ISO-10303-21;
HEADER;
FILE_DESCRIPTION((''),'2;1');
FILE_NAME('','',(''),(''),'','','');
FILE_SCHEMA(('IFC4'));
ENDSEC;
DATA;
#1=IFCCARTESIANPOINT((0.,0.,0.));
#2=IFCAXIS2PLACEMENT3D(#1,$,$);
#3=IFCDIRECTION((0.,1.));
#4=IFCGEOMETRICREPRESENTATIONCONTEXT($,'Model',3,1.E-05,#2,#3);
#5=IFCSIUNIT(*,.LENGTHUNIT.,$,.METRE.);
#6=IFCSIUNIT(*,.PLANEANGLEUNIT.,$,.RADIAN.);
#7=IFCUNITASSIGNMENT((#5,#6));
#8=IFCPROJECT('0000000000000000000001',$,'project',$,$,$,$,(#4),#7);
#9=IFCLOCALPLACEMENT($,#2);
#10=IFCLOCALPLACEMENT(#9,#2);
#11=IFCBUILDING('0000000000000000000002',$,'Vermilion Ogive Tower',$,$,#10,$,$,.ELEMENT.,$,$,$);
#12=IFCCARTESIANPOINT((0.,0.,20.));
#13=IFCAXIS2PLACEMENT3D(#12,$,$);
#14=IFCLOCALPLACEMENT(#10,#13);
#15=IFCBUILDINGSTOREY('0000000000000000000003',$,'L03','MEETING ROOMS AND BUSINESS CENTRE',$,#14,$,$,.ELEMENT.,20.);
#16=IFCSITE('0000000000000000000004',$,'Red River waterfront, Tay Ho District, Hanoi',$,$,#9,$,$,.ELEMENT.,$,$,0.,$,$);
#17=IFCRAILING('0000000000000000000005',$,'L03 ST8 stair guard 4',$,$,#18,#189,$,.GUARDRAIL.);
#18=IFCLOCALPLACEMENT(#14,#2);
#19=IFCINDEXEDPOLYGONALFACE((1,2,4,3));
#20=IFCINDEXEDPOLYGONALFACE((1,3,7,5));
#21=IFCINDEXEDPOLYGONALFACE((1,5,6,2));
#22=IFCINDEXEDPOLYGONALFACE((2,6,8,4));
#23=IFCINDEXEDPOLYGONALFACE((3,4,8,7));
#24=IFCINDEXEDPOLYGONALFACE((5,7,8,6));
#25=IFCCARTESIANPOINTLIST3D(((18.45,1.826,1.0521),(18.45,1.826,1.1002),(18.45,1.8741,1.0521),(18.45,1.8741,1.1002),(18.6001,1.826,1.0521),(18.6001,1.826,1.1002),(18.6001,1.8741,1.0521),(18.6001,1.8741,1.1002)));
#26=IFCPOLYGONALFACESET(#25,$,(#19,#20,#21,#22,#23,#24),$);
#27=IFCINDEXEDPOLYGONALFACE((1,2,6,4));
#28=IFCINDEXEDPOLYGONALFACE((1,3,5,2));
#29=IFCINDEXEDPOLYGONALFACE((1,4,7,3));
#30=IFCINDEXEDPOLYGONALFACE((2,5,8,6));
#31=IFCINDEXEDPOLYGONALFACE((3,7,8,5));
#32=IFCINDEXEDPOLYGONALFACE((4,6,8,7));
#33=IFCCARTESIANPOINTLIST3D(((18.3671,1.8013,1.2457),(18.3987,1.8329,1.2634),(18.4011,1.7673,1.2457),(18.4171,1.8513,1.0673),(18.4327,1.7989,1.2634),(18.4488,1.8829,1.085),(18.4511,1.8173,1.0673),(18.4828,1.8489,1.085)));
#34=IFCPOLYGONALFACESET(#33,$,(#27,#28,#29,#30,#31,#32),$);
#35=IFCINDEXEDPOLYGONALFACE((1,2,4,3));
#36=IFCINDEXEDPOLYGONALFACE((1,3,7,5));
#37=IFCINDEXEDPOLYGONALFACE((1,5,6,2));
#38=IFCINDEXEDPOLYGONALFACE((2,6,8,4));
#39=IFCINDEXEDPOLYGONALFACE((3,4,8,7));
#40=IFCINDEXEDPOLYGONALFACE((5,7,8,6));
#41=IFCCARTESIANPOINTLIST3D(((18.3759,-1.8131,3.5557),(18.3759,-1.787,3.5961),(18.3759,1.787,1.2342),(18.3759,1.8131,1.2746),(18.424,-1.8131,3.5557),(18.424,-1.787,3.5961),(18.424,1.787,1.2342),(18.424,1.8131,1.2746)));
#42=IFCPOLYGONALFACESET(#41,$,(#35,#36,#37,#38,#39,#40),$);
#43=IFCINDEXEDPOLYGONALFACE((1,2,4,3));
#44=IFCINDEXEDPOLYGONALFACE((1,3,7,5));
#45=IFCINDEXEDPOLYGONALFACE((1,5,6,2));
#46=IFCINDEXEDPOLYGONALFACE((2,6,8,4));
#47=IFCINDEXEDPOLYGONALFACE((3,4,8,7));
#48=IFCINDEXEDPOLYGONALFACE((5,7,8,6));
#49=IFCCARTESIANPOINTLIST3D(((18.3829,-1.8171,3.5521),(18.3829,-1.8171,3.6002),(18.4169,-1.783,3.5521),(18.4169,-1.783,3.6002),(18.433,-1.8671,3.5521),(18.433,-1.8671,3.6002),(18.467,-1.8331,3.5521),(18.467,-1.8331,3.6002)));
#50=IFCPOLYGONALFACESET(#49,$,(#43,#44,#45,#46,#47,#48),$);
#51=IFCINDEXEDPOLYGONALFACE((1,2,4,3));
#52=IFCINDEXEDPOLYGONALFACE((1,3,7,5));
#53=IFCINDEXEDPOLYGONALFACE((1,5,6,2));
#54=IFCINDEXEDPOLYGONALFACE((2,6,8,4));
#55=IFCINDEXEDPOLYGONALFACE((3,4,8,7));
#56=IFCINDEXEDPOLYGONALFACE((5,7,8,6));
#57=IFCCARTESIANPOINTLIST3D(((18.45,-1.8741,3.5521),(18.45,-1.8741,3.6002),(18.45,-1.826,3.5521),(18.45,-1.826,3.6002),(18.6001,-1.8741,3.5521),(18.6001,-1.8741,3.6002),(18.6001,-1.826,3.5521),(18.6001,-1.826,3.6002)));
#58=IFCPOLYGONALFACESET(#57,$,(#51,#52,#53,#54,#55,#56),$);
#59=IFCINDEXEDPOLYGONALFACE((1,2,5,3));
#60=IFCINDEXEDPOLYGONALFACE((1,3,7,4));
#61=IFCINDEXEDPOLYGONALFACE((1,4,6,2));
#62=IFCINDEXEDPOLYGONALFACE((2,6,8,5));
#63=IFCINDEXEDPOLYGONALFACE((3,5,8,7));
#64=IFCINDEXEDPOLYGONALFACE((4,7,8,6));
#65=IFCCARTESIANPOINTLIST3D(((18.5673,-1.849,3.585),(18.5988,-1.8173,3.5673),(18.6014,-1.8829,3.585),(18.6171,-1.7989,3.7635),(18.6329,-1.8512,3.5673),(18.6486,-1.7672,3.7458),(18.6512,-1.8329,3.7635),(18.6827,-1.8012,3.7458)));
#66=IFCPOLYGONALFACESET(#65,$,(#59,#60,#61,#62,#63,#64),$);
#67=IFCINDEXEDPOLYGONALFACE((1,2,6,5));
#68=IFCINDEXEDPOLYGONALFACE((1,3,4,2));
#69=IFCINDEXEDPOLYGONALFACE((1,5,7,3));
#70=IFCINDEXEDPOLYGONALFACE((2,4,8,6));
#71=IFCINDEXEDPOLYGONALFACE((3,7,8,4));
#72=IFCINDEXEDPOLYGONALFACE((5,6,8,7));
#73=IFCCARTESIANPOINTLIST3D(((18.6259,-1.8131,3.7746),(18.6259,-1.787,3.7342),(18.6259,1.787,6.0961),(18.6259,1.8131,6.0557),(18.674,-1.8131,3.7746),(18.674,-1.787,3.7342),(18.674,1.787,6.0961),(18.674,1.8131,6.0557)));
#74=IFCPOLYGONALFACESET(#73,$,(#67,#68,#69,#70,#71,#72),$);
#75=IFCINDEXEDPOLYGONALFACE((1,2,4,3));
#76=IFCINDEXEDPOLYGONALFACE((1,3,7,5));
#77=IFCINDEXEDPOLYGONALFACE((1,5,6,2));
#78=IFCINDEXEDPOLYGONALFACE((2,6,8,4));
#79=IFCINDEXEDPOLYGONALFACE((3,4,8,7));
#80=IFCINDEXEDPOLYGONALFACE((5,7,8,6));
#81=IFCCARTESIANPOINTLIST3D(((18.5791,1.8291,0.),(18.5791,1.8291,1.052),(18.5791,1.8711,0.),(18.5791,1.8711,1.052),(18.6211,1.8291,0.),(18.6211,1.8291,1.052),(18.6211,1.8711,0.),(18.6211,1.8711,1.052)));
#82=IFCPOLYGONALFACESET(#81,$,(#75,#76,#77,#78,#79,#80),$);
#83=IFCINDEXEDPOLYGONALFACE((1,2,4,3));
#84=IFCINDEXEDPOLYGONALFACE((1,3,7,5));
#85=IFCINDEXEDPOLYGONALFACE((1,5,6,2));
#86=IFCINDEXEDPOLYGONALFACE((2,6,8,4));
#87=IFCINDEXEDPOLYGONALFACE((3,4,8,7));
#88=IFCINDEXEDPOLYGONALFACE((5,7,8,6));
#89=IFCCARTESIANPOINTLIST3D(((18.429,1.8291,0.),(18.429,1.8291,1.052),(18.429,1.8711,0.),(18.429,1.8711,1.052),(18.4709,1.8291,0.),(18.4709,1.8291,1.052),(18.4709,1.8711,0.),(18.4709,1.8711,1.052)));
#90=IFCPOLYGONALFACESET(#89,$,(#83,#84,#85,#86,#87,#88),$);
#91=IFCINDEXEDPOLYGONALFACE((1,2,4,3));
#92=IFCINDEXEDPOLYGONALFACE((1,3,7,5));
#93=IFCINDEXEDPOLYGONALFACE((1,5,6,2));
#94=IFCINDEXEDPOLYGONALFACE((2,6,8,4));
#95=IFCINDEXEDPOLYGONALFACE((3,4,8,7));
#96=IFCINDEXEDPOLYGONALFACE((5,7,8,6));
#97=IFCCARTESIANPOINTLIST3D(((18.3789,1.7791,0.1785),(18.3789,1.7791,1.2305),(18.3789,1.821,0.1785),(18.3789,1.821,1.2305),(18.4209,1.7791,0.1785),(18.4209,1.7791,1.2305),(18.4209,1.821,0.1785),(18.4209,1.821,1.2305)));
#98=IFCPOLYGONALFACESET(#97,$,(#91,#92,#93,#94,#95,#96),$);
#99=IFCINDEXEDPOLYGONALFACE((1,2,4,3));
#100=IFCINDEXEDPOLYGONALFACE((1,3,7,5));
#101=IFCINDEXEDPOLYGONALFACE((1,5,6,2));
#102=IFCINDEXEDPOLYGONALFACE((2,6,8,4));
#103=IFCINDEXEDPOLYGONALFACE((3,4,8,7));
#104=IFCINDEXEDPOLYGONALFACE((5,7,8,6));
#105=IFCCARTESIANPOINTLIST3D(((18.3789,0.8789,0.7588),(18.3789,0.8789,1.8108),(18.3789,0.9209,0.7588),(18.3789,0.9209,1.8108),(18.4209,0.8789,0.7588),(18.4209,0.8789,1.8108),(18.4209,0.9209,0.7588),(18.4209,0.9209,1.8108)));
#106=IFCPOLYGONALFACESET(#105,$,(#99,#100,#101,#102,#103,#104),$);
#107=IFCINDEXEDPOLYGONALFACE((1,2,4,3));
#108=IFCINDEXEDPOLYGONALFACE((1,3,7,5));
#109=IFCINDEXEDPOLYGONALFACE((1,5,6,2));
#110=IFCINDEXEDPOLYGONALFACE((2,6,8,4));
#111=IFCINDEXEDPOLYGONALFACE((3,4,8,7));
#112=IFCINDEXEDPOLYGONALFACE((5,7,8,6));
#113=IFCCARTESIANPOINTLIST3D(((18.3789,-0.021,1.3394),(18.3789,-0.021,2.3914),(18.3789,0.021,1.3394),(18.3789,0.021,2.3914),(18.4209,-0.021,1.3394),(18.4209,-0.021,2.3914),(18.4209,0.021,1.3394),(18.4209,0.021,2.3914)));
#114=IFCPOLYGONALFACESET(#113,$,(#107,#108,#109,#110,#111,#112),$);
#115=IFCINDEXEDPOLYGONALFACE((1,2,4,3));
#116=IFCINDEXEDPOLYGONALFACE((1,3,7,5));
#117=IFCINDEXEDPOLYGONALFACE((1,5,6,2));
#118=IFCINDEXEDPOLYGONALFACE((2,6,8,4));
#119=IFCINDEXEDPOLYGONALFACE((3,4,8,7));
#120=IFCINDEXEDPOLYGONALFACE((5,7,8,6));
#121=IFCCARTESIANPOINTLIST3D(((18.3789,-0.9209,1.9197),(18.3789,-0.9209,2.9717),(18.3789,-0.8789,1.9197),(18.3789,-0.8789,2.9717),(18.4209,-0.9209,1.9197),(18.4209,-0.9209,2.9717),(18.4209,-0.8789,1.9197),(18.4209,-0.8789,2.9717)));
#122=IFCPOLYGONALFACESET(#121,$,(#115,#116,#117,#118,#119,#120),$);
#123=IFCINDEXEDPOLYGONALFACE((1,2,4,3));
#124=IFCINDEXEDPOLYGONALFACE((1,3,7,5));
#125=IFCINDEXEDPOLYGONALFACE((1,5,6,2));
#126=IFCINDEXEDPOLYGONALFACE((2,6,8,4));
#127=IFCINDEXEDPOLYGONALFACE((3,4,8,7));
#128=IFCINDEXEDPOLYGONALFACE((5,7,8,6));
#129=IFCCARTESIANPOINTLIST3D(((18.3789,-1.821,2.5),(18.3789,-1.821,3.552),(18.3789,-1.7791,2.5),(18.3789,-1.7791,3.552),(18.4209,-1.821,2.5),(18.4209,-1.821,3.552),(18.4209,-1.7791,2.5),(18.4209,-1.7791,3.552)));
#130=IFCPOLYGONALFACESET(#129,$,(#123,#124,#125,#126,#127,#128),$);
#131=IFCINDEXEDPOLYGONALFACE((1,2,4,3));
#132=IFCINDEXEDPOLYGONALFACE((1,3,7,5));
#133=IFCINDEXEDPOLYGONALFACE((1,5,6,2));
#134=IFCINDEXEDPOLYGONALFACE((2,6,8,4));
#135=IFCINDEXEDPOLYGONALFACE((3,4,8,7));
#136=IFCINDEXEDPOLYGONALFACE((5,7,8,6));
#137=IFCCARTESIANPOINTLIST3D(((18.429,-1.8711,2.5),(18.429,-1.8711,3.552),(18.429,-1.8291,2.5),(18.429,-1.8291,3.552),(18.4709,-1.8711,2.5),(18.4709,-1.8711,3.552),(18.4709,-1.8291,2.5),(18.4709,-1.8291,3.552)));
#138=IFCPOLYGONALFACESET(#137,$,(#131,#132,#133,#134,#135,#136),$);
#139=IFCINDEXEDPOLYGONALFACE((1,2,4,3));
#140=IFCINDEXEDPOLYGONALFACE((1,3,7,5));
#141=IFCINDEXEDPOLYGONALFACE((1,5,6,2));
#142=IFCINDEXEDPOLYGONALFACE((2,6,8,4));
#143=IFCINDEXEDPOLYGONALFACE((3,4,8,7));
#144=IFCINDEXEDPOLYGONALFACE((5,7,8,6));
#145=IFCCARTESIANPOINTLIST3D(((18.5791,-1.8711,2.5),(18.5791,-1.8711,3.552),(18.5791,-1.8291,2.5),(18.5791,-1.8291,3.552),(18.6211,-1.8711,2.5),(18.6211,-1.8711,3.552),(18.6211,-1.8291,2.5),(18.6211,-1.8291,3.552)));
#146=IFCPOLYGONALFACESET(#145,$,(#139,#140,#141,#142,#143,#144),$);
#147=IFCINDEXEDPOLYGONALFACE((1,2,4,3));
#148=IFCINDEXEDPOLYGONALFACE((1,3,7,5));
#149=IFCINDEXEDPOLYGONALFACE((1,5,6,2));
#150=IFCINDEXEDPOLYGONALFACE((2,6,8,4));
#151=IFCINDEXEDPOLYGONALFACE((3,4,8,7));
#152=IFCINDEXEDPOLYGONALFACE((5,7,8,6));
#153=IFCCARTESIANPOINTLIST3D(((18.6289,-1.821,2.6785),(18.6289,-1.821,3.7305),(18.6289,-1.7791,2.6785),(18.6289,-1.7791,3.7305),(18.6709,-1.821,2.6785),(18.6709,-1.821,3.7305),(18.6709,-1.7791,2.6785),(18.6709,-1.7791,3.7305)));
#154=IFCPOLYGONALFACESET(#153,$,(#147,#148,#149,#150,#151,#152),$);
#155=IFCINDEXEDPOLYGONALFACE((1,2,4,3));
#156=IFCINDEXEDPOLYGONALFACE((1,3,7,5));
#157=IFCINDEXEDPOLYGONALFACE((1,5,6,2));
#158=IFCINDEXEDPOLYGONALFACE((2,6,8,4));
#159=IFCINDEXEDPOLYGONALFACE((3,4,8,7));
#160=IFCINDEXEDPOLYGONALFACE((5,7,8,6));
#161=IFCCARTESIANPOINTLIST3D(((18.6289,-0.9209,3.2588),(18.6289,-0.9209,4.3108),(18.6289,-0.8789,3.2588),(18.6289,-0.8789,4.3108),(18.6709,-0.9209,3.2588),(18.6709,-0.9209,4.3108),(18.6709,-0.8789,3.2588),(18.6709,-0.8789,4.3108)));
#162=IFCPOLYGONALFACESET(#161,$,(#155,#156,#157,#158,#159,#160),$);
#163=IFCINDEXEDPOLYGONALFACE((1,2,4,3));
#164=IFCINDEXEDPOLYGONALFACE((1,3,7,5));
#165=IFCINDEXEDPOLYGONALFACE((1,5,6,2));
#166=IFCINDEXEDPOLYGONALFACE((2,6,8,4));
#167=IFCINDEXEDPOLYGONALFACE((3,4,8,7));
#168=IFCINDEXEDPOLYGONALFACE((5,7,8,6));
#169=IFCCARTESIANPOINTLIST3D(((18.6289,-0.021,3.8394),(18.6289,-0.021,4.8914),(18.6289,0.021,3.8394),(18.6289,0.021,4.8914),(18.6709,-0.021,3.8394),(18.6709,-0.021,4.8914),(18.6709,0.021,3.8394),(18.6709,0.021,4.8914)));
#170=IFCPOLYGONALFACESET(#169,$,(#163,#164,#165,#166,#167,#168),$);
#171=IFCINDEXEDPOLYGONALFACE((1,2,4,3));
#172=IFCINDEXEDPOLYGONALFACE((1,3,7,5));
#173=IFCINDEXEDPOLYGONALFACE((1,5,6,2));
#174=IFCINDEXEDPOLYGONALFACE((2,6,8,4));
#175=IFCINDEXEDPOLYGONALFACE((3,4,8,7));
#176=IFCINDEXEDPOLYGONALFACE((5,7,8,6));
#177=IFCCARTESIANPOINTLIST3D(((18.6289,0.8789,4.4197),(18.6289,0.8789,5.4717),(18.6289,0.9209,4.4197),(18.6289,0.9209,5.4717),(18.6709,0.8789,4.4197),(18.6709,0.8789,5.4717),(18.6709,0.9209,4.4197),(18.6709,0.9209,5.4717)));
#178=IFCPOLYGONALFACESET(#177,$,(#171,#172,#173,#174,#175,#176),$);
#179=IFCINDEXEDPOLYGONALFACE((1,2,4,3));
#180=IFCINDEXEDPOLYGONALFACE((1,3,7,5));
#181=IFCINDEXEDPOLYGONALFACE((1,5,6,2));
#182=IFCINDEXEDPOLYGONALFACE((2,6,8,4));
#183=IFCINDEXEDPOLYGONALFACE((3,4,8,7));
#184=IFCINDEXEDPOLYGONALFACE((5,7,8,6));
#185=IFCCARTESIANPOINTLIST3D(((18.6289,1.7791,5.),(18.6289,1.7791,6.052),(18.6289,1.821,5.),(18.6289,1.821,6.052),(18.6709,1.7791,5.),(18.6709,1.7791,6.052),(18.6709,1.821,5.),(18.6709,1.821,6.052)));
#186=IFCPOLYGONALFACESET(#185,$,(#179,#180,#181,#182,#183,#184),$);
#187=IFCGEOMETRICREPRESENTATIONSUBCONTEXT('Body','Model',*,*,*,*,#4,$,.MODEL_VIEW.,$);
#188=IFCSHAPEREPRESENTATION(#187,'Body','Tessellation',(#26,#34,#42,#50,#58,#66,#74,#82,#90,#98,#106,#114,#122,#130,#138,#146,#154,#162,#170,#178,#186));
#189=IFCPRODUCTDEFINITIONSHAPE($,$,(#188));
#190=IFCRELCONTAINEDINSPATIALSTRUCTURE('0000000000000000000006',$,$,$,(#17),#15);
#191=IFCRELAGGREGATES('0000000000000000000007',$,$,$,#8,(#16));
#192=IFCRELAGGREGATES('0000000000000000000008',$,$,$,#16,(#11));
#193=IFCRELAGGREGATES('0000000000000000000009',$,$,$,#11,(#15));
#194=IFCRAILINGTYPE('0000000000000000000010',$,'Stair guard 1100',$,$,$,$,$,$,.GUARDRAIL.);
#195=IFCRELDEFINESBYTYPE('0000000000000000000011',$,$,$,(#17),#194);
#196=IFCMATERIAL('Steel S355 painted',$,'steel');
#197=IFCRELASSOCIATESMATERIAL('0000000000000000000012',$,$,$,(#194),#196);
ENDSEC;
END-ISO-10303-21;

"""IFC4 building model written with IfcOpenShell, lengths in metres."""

from ifc_helpers import new_model, si_unit, direction, frame, origin, origin_2d, place, context, subcontext, project, spatial, rectangle, extrude, material, type_object, element, save


model = new_model("IFC4")

# Units and contexts
model_context = context("Model", 3, precision=1e-05, world=origin(), true_north=direction((0.0, 1.0)))
body_context = subcontext(model_context, "Body", "Model", "MODEL_VIEW")
ifc_project = project(units=[si_unit("LENGTHUNIT", "METRE"), si_unit("PLANEANGLEUNIT", "RADIAN")], contexts=[model_context])

# Site, building, storey
site_placement = place(None, origin())
site = spatial("IfcSite", under=ifc_project, at=site_placement, Name="Red River waterfront, Tay Ho District, Hanoi", CompositionType="ELEMENT", RefElevation=0.0)
building_placement = place(site_placement, origin())
building = spatial("IfcBuilding", under=site, at=building_placement, Name="Vermilion Ogive Tower", CompositionType="ELEMENT")
storey_placement = place(building_placement, frame((0.0, 0.0, 20.0)))
storey = spatial("IfcBuildingStorey", under=building, at=storey_placement, Name="L03", Description="MEETING ROOMS AND BUSINESS CENTRE", CompositionType="ELEMENT", Elevation=20.0)

# Railing
ifc_material_1 = material(Name="Steel S355 painted", Category="steel")
railing_type_1 = type_object("IfcRailingType", Name="Stair guard 1100", PredefinedType="GUARDRAIL", material=ifc_material_1)
railing_1_placement = place(storey_placement, frame((18.6001, 1.8501, 0.0)))
element("IfcRailing", 1, at=railing_1_placement, inside=storey, type_object=railing_type_1, Name="L03 ST8 stair guard 4", PredefinedType="GUARDRAIL", context=body_context, shape_type="SweptSolid", body=[
    extrude(rectangle(XDim=0.0481, YDim=0.0481, at=origin_2d()), frame((0.0, 0.0, 1.0762), z_axis=(-1.0, 0.0, 0.0), x_axis=(0.0, -1.0, 0.0)), (0.0, 0.0, 1.0), 0.1501),
    extrude(rectangle(XDim=0.0481, YDim=0.0481, at=origin_2d()), frame((-0.1501, 0.0, 1.0762), z_axis=(-0.260685, -0.260685, 0.929563), x_axis=(0.707107, -0.707107, 0.0)), (0.0, 0.0, 1.0), 0.1919),
    extrude(rectangle(XDim=0.0481, YDim=0.0481, at=origin_2d()), frame((-0.2002, -0.05, 1.2544), z_axis=(0.0, -0.840415, 0.541944), x_axis=(1.0, 0.0, 0.0)), (0.0, 0.0, 1.0), 4.2837),
    extrude(rectangle(XDim=0.0481, YDim=0.0481, at=origin_2d()), frame((-0.2002, -3.6501, 3.5762), z_axis=(0.707107, -0.707107, 0.0), x_axis=(0.707107, 0.707107, 0.0)), (0.0, 0.0, 1.0), 0.0708),
    extrude(rectangle(XDim=0.0481, YDim=0.0481, at=origin_2d()), frame((-0.1501, -3.7002, 3.5762), z_axis=(1.0, 0.0, 0.0), x_axis=(0.0, 1.0, 0.0)), (0.0, 0.0, 1.0), 0.1501),
    extrude(rectangle(XDim=0.0481, YDim=0.0481, at=origin_2d()), frame((0.0, -3.7002, 3.5762), z_axis=(0.259499, 0.260771, 0.92987), x_axis=(-0.708834, 0.705376, 0.0)), (0.0, 0.0, 1.0), 0.1919),
    extrude(rectangle(XDim=0.0481, YDim=0.0481, at=origin_2d()), frame((0.0498, -3.6501, 3.7544), z_axis=(0.0, 0.840415, 0.541944), x_axis=(-1.0, 0.0, 0.0)), (0.0, 0.0, 1.0), 4.2837),
    extrude(rectangle(XDim=0.042, YDim=0.042, at=origin_2d()), origin(), (0.0, 0.0, 1.0), 1.052),
    extrude(rectangle(XDim=0.042, YDim=0.042, at=origin_2d()), frame((-0.1501, 0.0, 0.0)), (0.0, 0.0, 1.0), 1.052),
    extrude(rectangle(XDim=0.042, YDim=0.042, at=origin_2d()), frame((-0.2002, -0.05, 0.1785)), (0.0, 0.0, 1.0), 1.052),
    extrude(rectangle(XDim=0.042, YDim=0.042, at=origin_2d()), frame((-0.2002, -0.9502, 0.7588)), (0.0, 0.0, 1.0), 1.052),
    extrude(rectangle(XDim=0.042, YDim=0.042, at=origin_2d()), frame((-0.2002, -1.8501, 1.3394)), (0.0, 0.0, 1.0), 1.052),
    extrude(rectangle(XDim=0.042, YDim=0.042, at=origin_2d()), frame((-0.2002, -2.75, 1.9197)), (0.0, 0.0, 1.0), 1.052),
    extrude(rectangle(XDim=0.042, YDim=0.042, at=origin_2d()), frame((-0.2002, -3.6501, 2.5)), (0.0, 0.0, 1.0), 1.052),
    extrude(rectangle(XDim=0.042, YDim=0.042, at=origin_2d()), frame((-0.1501, -3.7002, 2.5)), (0.0, 0.0, 1.0), 1.052),
    extrude(rectangle(XDim=0.042, YDim=0.042, at=origin_2d()), frame((0.0, -3.7002, 2.5)), (0.0, 0.0, 1.0), 1.052),
    extrude(rectangle(XDim=0.042, YDim=0.042, at=origin_2d()), frame((0.0498, -3.6501, 2.6785)), (0.0, 0.0, 1.0), 1.052),
    extrude(rectangle(XDim=0.042, YDim=0.042, at=origin_2d()), frame((0.0498, -2.75, 3.2588)), (0.0, 0.0, 1.0), 1.052),
    extrude(rectangle(XDim=0.042, YDim=0.042, at=origin_2d()), frame((0.0498, -1.8501, 3.8394)), (0.0, 0.0, 1.0), 1.052),
    extrude(rectangle(XDim=0.042, YDim=0.042, at=origin_2d()), frame((0.0498, -0.9502, 4.4197)), (0.0, 0.0, 1.0), 1.052),
    extrude(rectangle(XDim=0.042, YDim=0.042, at=origin_2d()), frame((0.0498, -0.05, 5.0)), (0.0, 0.0, 1.0), 1.052),
])

save(model, "model.ifc")
